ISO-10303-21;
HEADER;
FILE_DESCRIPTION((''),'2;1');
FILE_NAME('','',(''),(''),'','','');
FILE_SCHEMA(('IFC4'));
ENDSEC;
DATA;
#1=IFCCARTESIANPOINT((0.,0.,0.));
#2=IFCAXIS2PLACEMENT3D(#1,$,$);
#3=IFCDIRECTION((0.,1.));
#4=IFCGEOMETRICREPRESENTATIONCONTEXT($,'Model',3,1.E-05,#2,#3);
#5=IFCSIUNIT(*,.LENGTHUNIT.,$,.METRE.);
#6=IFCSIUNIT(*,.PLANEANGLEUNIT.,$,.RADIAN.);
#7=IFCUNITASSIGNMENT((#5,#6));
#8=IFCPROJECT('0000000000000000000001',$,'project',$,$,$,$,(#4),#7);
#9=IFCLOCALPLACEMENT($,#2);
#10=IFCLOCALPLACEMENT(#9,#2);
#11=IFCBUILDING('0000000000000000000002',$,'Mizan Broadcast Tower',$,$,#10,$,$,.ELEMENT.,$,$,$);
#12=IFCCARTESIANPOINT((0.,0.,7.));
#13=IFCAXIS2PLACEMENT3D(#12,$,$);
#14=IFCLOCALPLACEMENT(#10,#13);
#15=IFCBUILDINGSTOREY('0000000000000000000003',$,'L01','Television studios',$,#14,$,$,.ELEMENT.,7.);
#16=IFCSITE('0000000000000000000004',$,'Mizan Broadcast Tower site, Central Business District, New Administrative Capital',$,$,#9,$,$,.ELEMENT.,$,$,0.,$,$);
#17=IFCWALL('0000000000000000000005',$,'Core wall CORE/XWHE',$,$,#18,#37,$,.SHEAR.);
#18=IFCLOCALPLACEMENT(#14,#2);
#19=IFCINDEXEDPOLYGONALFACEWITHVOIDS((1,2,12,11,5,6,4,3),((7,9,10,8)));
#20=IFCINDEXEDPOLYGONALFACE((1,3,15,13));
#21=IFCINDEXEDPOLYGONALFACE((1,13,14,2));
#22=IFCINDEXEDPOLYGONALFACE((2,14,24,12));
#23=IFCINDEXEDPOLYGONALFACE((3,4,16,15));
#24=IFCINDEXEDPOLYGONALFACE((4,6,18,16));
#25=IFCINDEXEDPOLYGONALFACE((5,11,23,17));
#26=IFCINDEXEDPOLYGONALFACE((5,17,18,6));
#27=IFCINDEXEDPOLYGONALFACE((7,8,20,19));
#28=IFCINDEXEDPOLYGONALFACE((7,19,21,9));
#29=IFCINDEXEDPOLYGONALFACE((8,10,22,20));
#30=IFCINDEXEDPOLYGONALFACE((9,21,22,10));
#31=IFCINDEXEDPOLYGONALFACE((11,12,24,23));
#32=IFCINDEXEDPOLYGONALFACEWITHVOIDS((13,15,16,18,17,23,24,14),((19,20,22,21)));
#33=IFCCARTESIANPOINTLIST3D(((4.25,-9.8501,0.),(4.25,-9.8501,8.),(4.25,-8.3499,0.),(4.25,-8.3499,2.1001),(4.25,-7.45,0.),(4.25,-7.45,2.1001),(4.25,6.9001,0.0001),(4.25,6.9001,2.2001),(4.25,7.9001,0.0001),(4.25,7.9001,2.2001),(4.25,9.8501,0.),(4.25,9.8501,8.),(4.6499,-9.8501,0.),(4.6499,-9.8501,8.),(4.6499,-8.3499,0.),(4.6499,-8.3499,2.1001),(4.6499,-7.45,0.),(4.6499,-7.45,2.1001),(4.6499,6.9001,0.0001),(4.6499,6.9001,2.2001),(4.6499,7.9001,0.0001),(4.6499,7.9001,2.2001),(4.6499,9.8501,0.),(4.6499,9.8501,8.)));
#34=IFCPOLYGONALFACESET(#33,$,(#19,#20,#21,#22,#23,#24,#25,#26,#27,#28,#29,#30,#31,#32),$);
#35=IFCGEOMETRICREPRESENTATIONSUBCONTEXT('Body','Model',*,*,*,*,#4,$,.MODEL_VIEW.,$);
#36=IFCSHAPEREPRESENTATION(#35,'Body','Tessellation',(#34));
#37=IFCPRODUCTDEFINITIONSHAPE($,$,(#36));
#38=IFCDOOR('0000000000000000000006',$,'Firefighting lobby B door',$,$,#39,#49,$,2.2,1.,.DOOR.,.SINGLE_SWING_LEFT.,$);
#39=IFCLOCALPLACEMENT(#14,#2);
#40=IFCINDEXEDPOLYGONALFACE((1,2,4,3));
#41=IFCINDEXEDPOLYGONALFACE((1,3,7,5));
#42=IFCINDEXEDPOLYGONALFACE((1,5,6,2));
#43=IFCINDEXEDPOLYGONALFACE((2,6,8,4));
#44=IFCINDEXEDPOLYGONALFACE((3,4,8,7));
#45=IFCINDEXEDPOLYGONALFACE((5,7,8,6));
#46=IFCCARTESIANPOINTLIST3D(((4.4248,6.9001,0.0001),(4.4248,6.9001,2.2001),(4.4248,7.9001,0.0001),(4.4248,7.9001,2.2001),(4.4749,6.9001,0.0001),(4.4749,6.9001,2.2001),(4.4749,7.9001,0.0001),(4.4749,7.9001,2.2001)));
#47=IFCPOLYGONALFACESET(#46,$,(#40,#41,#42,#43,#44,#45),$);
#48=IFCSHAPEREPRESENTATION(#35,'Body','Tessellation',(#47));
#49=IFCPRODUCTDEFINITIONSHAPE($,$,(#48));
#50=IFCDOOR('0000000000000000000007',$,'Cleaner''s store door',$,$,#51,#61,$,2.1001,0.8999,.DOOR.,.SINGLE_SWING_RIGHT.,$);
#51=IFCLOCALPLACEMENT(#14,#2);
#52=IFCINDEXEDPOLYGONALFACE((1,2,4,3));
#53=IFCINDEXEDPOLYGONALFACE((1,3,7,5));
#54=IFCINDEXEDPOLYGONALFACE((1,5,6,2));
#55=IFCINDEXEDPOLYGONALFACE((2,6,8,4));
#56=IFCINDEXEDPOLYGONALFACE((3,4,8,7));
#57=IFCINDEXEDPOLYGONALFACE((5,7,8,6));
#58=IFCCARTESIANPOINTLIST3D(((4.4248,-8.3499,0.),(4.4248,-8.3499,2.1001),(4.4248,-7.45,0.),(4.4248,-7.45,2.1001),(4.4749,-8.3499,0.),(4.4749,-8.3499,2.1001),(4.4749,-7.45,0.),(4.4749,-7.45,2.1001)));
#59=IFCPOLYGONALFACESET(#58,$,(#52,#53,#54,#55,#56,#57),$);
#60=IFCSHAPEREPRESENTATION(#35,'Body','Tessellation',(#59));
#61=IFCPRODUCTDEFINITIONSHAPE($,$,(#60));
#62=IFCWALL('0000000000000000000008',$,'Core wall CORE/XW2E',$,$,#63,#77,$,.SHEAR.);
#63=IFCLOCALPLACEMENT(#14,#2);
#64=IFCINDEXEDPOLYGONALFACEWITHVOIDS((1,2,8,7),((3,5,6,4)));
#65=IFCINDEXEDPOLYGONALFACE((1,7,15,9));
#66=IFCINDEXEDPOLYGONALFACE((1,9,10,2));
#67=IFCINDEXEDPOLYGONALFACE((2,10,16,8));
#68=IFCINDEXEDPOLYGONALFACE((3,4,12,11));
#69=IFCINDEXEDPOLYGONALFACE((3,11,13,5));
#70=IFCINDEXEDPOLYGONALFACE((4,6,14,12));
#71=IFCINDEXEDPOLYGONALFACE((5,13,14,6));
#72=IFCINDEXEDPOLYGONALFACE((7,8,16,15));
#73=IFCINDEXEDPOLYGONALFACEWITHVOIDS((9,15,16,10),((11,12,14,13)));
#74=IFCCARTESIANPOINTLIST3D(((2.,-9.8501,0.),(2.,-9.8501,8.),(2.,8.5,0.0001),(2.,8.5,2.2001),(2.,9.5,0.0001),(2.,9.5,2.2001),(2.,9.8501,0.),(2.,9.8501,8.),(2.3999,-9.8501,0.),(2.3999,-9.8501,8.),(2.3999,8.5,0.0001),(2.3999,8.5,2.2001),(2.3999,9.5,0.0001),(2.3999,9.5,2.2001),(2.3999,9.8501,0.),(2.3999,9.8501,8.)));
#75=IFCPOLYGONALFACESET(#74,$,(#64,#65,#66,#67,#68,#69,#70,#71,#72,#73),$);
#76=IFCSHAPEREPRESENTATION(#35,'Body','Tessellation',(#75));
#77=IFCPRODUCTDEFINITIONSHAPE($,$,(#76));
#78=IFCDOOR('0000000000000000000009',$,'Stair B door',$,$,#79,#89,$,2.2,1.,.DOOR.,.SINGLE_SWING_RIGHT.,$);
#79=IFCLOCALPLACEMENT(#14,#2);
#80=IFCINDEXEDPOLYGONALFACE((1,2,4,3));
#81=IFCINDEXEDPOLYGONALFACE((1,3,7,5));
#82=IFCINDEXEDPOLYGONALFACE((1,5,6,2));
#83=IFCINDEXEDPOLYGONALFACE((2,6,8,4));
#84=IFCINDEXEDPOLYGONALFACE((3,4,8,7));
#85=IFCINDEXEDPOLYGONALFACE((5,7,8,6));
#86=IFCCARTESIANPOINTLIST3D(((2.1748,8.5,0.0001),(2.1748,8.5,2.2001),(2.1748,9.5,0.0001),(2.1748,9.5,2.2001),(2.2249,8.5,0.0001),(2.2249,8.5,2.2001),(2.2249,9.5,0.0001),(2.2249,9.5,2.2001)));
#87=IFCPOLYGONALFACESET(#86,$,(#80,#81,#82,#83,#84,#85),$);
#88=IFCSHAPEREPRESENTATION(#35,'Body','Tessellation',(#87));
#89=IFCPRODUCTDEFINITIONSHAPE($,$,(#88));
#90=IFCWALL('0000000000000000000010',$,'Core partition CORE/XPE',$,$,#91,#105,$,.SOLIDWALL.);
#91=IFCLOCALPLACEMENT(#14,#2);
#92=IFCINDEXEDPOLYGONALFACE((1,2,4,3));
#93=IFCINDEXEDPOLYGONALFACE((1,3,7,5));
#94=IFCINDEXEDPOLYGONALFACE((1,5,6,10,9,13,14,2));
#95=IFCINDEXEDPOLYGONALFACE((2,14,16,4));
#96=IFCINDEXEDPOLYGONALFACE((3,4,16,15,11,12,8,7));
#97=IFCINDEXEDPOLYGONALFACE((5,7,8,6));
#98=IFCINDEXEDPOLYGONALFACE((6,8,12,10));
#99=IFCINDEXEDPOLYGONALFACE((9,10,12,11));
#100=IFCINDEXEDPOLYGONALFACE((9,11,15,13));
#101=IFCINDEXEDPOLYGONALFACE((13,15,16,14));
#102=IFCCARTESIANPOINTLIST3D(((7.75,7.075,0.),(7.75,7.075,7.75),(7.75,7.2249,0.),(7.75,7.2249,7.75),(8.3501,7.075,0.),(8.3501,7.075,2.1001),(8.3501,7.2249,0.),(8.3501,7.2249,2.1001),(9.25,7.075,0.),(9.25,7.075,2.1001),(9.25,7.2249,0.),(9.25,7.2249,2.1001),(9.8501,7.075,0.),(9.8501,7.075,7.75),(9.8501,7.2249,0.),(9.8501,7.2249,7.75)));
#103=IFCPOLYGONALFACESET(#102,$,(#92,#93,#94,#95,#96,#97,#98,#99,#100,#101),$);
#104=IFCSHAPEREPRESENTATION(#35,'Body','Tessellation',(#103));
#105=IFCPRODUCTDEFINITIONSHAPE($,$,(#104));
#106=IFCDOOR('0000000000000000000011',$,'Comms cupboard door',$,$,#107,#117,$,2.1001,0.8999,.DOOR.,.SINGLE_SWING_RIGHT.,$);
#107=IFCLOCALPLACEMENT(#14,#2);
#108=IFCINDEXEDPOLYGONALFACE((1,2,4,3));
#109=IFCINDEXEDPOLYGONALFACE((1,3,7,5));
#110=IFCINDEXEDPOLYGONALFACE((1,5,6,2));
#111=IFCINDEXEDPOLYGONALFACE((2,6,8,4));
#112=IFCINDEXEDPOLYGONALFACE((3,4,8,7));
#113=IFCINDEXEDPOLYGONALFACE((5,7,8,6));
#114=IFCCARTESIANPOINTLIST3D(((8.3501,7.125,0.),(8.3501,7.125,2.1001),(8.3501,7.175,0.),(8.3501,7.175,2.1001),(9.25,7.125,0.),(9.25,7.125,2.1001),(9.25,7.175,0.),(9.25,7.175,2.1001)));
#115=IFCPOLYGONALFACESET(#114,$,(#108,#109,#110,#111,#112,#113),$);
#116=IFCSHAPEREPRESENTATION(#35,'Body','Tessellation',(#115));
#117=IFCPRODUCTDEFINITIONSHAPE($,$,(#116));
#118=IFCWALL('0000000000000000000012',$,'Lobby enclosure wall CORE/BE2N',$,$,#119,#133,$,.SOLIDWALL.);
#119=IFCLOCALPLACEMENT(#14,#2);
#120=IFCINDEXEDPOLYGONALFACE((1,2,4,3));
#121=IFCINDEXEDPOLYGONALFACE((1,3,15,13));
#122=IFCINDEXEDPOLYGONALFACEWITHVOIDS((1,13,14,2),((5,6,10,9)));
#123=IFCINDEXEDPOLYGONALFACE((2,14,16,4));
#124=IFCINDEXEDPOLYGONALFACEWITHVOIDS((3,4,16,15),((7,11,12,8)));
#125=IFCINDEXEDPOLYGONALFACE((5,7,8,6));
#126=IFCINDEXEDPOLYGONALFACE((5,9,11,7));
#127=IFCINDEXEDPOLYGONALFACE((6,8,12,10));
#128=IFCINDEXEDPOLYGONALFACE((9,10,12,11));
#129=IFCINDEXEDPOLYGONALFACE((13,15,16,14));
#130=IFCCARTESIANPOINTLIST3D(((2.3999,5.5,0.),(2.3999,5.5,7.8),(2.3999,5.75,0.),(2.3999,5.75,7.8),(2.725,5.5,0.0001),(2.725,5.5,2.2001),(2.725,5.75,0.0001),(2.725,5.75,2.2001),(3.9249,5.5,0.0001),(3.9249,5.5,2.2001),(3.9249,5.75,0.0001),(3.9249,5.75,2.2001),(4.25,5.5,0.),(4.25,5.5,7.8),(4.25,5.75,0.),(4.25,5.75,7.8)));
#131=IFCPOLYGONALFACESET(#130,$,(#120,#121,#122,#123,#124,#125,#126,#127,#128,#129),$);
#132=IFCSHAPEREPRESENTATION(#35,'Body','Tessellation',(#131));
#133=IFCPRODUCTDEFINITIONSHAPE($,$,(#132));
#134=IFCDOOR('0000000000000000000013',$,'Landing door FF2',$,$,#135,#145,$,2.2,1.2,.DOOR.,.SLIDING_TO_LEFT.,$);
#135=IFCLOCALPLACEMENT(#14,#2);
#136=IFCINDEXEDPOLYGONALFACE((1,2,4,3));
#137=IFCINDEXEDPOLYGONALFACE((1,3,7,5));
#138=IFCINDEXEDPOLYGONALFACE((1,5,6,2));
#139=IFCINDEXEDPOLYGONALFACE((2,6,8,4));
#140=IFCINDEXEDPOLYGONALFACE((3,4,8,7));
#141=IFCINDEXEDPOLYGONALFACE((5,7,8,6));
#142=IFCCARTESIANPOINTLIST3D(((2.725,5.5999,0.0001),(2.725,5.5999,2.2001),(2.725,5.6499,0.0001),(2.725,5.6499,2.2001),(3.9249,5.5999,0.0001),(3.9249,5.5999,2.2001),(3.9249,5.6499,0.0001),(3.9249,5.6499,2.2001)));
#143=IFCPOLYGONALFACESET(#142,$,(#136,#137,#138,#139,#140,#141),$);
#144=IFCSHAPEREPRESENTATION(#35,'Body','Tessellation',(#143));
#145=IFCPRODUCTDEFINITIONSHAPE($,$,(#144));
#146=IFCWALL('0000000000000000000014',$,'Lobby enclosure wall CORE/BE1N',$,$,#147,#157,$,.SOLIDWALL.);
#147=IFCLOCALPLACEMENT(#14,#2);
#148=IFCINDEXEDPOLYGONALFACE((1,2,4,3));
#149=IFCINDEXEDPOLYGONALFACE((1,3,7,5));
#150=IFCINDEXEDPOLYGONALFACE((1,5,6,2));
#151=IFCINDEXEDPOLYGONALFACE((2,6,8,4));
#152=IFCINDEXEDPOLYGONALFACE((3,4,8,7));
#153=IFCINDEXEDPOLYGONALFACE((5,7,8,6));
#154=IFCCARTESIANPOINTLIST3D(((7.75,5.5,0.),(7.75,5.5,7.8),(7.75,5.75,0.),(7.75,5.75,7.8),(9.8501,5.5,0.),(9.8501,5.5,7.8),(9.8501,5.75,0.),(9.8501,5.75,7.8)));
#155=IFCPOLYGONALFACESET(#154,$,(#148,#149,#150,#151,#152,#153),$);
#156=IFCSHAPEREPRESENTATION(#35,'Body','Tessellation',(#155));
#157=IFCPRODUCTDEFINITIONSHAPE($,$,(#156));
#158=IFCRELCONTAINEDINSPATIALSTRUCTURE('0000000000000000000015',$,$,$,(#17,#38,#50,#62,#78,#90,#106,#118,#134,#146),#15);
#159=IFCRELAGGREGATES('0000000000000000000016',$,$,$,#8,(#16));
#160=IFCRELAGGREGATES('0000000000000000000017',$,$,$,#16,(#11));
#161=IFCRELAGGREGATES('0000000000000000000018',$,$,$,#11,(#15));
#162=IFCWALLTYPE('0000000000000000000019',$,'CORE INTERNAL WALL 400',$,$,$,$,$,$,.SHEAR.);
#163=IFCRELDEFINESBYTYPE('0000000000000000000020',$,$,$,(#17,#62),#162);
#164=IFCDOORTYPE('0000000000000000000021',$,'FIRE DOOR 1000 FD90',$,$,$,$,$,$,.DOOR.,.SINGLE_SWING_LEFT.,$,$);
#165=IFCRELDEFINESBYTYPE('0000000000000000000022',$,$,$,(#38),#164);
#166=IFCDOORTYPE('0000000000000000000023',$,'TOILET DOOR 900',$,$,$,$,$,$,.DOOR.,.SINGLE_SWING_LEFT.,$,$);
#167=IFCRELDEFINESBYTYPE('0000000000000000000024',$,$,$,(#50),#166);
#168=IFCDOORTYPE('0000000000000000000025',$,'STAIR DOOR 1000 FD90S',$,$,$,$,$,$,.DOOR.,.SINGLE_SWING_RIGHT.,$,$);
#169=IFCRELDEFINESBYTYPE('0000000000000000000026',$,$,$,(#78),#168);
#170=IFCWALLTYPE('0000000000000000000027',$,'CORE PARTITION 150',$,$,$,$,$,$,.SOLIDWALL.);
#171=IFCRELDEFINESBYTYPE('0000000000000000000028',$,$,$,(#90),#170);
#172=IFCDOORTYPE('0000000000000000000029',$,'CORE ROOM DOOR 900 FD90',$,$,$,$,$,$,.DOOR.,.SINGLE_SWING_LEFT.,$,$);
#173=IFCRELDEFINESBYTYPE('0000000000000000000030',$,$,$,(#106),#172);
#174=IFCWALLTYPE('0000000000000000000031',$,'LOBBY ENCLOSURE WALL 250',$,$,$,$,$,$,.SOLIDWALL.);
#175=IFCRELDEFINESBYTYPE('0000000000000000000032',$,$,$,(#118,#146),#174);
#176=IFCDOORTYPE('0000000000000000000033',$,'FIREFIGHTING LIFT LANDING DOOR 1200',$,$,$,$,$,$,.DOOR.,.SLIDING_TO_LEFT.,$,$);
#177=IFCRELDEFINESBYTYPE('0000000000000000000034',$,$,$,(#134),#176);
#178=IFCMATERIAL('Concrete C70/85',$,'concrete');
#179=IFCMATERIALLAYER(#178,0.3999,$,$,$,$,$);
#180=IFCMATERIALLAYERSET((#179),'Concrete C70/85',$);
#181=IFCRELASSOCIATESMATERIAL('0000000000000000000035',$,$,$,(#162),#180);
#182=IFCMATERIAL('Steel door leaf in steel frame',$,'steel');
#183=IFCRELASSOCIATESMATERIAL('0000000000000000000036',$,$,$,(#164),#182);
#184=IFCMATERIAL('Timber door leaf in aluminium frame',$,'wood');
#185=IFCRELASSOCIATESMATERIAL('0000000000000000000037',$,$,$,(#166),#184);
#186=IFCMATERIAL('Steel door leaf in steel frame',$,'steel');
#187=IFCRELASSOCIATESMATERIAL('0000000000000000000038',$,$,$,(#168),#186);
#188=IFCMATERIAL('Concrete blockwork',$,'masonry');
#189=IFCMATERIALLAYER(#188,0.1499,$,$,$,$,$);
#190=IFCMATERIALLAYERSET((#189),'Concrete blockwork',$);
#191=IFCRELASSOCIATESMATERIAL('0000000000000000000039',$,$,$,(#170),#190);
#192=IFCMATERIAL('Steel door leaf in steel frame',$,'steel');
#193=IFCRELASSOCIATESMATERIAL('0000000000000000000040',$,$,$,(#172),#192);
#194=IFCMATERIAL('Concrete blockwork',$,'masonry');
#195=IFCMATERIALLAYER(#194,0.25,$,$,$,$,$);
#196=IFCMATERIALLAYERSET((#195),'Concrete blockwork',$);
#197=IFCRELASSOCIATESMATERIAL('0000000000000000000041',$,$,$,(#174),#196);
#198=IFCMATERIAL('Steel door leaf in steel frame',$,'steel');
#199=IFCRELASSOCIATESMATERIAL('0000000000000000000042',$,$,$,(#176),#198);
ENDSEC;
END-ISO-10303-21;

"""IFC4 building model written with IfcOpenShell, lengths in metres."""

from ifc_helpers import new_model, si_unit, direction, frame, frame_2d, origin, place, context, subcontext, project, spatial, rectangle, extrude, material, layer, layer_set, type_object, element, fill, save


model = new_model("IFC4")

# Units and contexts
model_context = context("Model", 3, precision=1e-05, world=origin(), true_north=direction((0.0, 1.0)))
body_context = subcontext(model_context, "Body", "Model", "MODEL_VIEW")
ifc_project = project(units=[si_unit("LENGTHUNIT", "METRE"), si_unit("PLANEANGLEUNIT", "RADIAN")], contexts=[model_context])

# Site, building, storey
site_placement = place(None, origin())
site = spatial("IfcSite", under=ifc_project, at=site_placement, Name="Mizan Broadcast Tower site, Central Business District, New Administrative Capital", CompositionType="ELEMENT", RefElevation=0.0)
building_placement = place(site_placement, origin())
building = spatial("IfcBuilding", under=site, at=building_placement, Name="Mizan Broadcast Tower", CompositionType="ELEMENT")
storey_placement = place(building_placement, frame((0.0, 0.0, 7.0)))
storey = spatial("IfcBuildingStorey", under=building, at=storey_placement, Name="L01", Description="Television studios", CompositionType="ELEMENT", Elevation=7.0)

# Wall, openings, doors
ifc_material_1 = material(Name="Concrete C70/85", Category="concrete")
ifc_layer_1 = layer(ifc_material_1, 0.3999)
ifc_layer_set_1 = layer_set([ifc_layer_1], Name="Concrete C70/85")
wall_type_1 = type_object("IfcWallType", Name="CORE INTERNAL WALL 400", PredefinedType="SHEAR", material=ifc_layer_set_1)
ifc_material_2 = material(Name="Steel door leaf in steel frame", Category="steel")
door_type_1 = type_object("IfcDoorType", Name="FIRE DOOR 1000 FD90", OperationType="SINGLE_SWING_LEFT", PredefinedType="DOOR", material=ifc_material_2)
ifc_material_3 = material(Name="Timber door leaf in aluminium frame", Category="wood")
door_type_2 = type_object("IfcDoorType", Name="TOILET DOOR 900", OperationType="SINGLE_SWING_LEFT", PredefinedType="DOOR", material=ifc_material_3)
wall_1_placement = place(storey_placement, frame((4.45, 9.8501, 0.0), z_axis=(0.0, 0.0, 1.0), x_axis=(0.0, -1.0, 0.0)))
wall_1 = element("IfcWall", 1, at=wall_1_placement, inside=storey, type_object=wall_type_1, Name="Core wall CORE/XWHE", PredefinedType="SHEAR", context=body_context, shape_type="SweptSolid", body=[
    extrude(rectangle(XDim=19.7002, YDim=0.3999, at=frame_2d((9.8501, 0.0))), origin(), (0.0, 0.0, 1.0), 8.0),
])
opening_1_placement = place(wall_1_placement, frame((1.95, 0.0, 0.0)))
opening_1 = element("IfcOpeningElement", 2, at=opening_1_placement, cuts=wall_1, PredefinedType="OPENING", context=body_context, shape_type="SweptSolid", body=[
    extrude(rectangle(XDim=1.0, YDim=2.2, at=frame_2d((0.5, 1.1001))), frame((0.0, 0.21, 0.0), z_axis=(0.0, -1.0, 0.0), x_axis=(1.0, 0.0, 0.0)), (0.0, 0.0, 1.0), 0.4199),
])
opening_2_placement = place(wall_1_placement, frame((17.3, 0.0, 0.0)))
opening_2 = element("IfcOpeningElement", 3, at=opening_2_placement, cuts=wall_1, PredefinedType="OPENING", context=body_context, shape_type="SweptSolid", body=[
    extrude(rectangle(XDim=0.8999, YDim=2.1001, at=frame_2d((0.45, 1.05))), frame((0.0, 0.21, 0.0), z_axis=(0.0, -1.0, 0.0), x_axis=(1.0, 0.0, 0.0)), (0.0, 0.0, 1.0), 0.4199),
])
door_1_placement = place(opening_1_placement, origin())
door_1 = element("IfcDoor", 4, at=door_1_placement, inside=storey, type_object=door_type_1, Name="Firefighting lobby B door", OperationType="SINGLE_SWING_LEFT", OverallHeight=2.2, OverallWidth=1.0, PredefinedType="DOOR", context=body_context, shape_type="SweptSolid", body=[
    extrude(rectangle(XDim=1.0, YDim=2.2, at=frame_2d((0.5, 1.1001))), frame((0.0, 0.0249, 0.0), z_axis=(0.0, -1.0, 0.0), x_axis=(1.0, 0.0, 0.0)), (0.0, 0.0, 1.0), 0.05),
])
fill(opening_1, door_1)
door_2_placement = place(opening_2_placement, origin())
door_2 = element("IfcDoor", 5, at=door_2_placement, inside=storey, type_object=door_type_2, Name="Cleaner's store door", OperationType="SINGLE_SWING_RIGHT", OverallHeight=2.1001, OverallWidth=0.8999, PredefinedType="DOOR", context=body_context, shape_type="SweptSolid", body=[
    extrude(rectangle(XDim=0.8999, YDim=2.1001, at=frame_2d((0.45, 1.05))), frame((0.0, 0.0249, 0.0), z_axis=(0.0, -1.0, 0.0), x_axis=(1.0, 0.0, 0.0)), (0.0, 0.0, 1.0), 0.05),
])
fill(opening_2, door_2)

# Walls, openings, doors
wall_2_placement = place(storey_placement, frame((2.2, 9.8501, 0.0), z_axis=(0.0, 0.0, 1.0), x_axis=(0.0, -1.0, 0.0)))
wall_2 = element("IfcWall", 6, at=wall_2_placement, inside=storey, type_object=wall_type_1, Name="Core wall CORE/XW2E", PredefinedType="SHEAR", context=body_context, shape_type="SweptSolid", body=[
    extrude(rectangle(XDim=19.7002, YDim=0.3999, at=frame_2d((9.8501, 0.0))), origin(), (0.0, 0.0, 1.0), 8.0),
])
opening_3_placement = place(wall_2_placement, frame((0.3501, 0.0, 0.0)))
opening_3 = element("IfcOpeningElement", 7, at=opening_3_placement, cuts=wall_2, PredefinedType="OPENING", context=body_context, shape_type="SweptSolid", body=[
    extrude(rectangle(XDim=1.0, YDim=2.2, at=frame_2d((0.5, 1.1001))), frame((0.0, 0.21, 0.0), z_axis=(0.0, -1.0, 0.0), x_axis=(1.0, 0.0, 0.0)), (0.0, 0.0, 1.0), 0.4199),
])
ifc_material_4 = material(Name="Steel door leaf in steel frame", Category="steel")
door_type_3 = type_object("IfcDoorType", Name="STAIR DOOR 1000 FD90S", OperationType="SINGLE_SWING_RIGHT", PredefinedType="DOOR", material=ifc_material_4)
door_3_placement = place(opening_3_placement, origin())
door_3 = element("IfcDoor", 8, at=door_3_placement, inside=storey, type_object=door_type_3, Name="Stair B door", OperationType="SINGLE_SWING_RIGHT", OverallHeight=2.2, OverallWidth=1.0, PredefinedType="DOOR", context=body_context, shape_type="SweptSolid", body=[
    extrude(rectangle(XDim=1.0, YDim=2.2, at=frame_2d((0.5, 1.1001))), frame((0.0, 0.0249, 0.0), z_axis=(0.0, -1.0, 0.0), x_axis=(1.0, 0.0, 0.0)), (0.0, 0.0, 1.0), 0.05),
])
fill(opening_3, door_3)
ifc_material_5 = material(Name="Concrete blockwork", Category="masonry")
ifc_layer_2 = layer(ifc_material_5, 0.1499)
ifc_layer_set_2 = layer_set([ifc_layer_2], Name="Concrete blockwork")
wall_type_2 = type_object("IfcWallType", Name="CORE PARTITION 150", PredefinedType="SOLIDWALL", material=ifc_layer_set_2)
wall_3_placement = place(storey_placement, frame((9.8501, 7.1499, 0.0), z_axis=(0.0, 0.0, 1.0), x_axis=(-1.0, 0.0, 0.0)))
wall_3 = element("IfcWall", 9, at=wall_3_placement, inside=storey, type_object=wall_type_2, Name="Core partition CORE/XPE", PredefinedType="SOLIDWALL", context=body_context, shape_type="SweptSolid", body=[
    extrude(rectangle(XDim=2.1001, YDim=0.1499, at=frame_2d((1.05, 0.0))), origin(), (0.0, 0.0, 1.0), 7.75),
])
opening_4_placement = place(wall_3_placement, frame((0.6001, 0.0, 0.0)))
opening_4 = element("IfcOpeningElement", 10, at=opening_4_placement, cuts=wall_3, PredefinedType="OPENING", context=body_context, shape_type="SweptSolid", body=[
    extrude(rectangle(XDim=0.8999, YDim=2.1001, at=frame_2d((0.45, 1.05))), frame((0.0, 0.085, 0.0), z_axis=(0.0, -1.0, 0.0), x_axis=(1.0, 0.0, 0.0)), (0.0, 0.0, 1.0), 0.1699),
])
ifc_material_6 = material(Name="Steel door leaf in steel frame", Category="steel")
door_type_4 = type_object("IfcDoorType", Name="CORE ROOM DOOR 900 FD90", OperationType="SINGLE_SWING_LEFT", PredefinedType="DOOR", material=ifc_material_6)
door_4_placement = place(opening_4_placement, origin())
door_4 = element("IfcDoor", 11, at=door_4_placement, inside=storey, type_object=door_type_4, Name="Comms cupboard door", OperationType="SINGLE_SWING_RIGHT", OverallHeight=2.1001, OverallWidth=0.8999, PredefinedType="DOOR", context=body_context, shape_type="SweptSolid", body=[
    extrude(rectangle(XDim=0.8999, YDim=2.1001, at=frame_2d((0.45, 1.05))), frame((0.0, 0.0249, 0.0), z_axis=(0.0, -1.0, 0.0), x_axis=(1.0, 0.0, 0.0)), (0.0, 0.0, 1.0), 0.05),
])
fill(opening_4, door_4)
ifc_material_7 = material(Name="Concrete blockwork", Category="masonry")
ifc_layer_3 = layer(ifc_material_7, 0.25)
ifc_layer_set_3 = layer_set([ifc_layer_3], Name="Concrete blockwork")
wall_type_3 = type_object("IfcWallType", Name="LOBBY ENCLOSURE WALL 250", PredefinedType="SOLIDWALL", material=ifc_layer_set_3)
wall_4_placement = place(storey_placement, frame((2.3999, 5.625, 0.0), z_axis=(0.0, 0.0, 1.0), x_axis=(1.0, 0.0, 0.0)))
wall_4 = element("IfcWall", 12, at=wall_4_placement, inside=storey, type_object=wall_type_3, Name="Lobby enclosure wall CORE/BE2N", PredefinedType="SOLIDWALL", context=body_context, shape_type="SweptSolid", body=[
    extrude(rectangle(XDim=1.8501, YDim=0.25, at=frame_2d((0.925, 0.0))), origin(), (0.0, 0.0, 1.0), 7.8),
])
opening_5_placement = place(wall_4_placement, frame((0.325, 0.0, 0.0)))
opening_5 = element("IfcOpeningElement", 13, at=opening_5_placement, cuts=wall_4, PredefinedType="OPENING", context=body_context, shape_type="SweptSolid", body=[
    extrude(rectangle(XDim=1.2, YDim=2.2, at=frame_2d((0.6001, 1.1001))), frame((0.0, 0.135, 0.0), z_axis=(0.0, -1.0, 0.0), x_axis=(1.0, 0.0, 0.0)), (0.0, 0.0, 1.0), 0.27),
])
ifc_material_8 = material(Name="Steel door leaf in steel frame", Category="steel")
door_type_5 = type_object("IfcDoorType", Name="FIREFIGHTING LIFT LANDING DOOR 1200", OperationType="SLIDING_TO_LEFT", PredefinedType="DOOR", material=ifc_material_8)
door_5_placement = place(opening_5_placement, origin())
door_5 = element("IfcDoor", 14, at=door_5_placement, inside=storey, type_object=door_type_5, Name="Landing door FF2", OperationType="SLIDING_TO_LEFT", OverallHeight=2.2, OverallWidth=1.2, PredefinedType="DOOR", context=body_context, shape_type="SweptSolid", body=[
    extrude(rectangle(XDim=1.2, YDim=2.2, at=frame_2d((0.6001, 1.1001))), frame((0.0, 0.0249, 0.0), z_axis=(0.0, -1.0, 0.0), x_axis=(1.0, 0.0, 0.0)), (0.0, 0.0, 1.0), 0.05),
])
fill(opening_5, door_5)

# Wall
wall_5_placement = place(storey_placement, frame((7.75, 5.625, 0.0), z_axis=(0.0, 0.0, 1.0), x_axis=(1.0, 0.0, 0.0)))
element("IfcWall", 15, at=wall_5_placement, inside=storey, type_object=wall_type_3, Name="Lobby enclosure wall CORE/BE1N", PredefinedType="SOLIDWALL", context=body_context, shape_type="SweptSolid", body=[
    extrude(rectangle(XDim=2.1001, YDim=0.25, at=frame_2d((1.05, 0.0))), origin(), (0.0, 0.0, 1.0), 7.8),
])

save(model, "model.ifc")
